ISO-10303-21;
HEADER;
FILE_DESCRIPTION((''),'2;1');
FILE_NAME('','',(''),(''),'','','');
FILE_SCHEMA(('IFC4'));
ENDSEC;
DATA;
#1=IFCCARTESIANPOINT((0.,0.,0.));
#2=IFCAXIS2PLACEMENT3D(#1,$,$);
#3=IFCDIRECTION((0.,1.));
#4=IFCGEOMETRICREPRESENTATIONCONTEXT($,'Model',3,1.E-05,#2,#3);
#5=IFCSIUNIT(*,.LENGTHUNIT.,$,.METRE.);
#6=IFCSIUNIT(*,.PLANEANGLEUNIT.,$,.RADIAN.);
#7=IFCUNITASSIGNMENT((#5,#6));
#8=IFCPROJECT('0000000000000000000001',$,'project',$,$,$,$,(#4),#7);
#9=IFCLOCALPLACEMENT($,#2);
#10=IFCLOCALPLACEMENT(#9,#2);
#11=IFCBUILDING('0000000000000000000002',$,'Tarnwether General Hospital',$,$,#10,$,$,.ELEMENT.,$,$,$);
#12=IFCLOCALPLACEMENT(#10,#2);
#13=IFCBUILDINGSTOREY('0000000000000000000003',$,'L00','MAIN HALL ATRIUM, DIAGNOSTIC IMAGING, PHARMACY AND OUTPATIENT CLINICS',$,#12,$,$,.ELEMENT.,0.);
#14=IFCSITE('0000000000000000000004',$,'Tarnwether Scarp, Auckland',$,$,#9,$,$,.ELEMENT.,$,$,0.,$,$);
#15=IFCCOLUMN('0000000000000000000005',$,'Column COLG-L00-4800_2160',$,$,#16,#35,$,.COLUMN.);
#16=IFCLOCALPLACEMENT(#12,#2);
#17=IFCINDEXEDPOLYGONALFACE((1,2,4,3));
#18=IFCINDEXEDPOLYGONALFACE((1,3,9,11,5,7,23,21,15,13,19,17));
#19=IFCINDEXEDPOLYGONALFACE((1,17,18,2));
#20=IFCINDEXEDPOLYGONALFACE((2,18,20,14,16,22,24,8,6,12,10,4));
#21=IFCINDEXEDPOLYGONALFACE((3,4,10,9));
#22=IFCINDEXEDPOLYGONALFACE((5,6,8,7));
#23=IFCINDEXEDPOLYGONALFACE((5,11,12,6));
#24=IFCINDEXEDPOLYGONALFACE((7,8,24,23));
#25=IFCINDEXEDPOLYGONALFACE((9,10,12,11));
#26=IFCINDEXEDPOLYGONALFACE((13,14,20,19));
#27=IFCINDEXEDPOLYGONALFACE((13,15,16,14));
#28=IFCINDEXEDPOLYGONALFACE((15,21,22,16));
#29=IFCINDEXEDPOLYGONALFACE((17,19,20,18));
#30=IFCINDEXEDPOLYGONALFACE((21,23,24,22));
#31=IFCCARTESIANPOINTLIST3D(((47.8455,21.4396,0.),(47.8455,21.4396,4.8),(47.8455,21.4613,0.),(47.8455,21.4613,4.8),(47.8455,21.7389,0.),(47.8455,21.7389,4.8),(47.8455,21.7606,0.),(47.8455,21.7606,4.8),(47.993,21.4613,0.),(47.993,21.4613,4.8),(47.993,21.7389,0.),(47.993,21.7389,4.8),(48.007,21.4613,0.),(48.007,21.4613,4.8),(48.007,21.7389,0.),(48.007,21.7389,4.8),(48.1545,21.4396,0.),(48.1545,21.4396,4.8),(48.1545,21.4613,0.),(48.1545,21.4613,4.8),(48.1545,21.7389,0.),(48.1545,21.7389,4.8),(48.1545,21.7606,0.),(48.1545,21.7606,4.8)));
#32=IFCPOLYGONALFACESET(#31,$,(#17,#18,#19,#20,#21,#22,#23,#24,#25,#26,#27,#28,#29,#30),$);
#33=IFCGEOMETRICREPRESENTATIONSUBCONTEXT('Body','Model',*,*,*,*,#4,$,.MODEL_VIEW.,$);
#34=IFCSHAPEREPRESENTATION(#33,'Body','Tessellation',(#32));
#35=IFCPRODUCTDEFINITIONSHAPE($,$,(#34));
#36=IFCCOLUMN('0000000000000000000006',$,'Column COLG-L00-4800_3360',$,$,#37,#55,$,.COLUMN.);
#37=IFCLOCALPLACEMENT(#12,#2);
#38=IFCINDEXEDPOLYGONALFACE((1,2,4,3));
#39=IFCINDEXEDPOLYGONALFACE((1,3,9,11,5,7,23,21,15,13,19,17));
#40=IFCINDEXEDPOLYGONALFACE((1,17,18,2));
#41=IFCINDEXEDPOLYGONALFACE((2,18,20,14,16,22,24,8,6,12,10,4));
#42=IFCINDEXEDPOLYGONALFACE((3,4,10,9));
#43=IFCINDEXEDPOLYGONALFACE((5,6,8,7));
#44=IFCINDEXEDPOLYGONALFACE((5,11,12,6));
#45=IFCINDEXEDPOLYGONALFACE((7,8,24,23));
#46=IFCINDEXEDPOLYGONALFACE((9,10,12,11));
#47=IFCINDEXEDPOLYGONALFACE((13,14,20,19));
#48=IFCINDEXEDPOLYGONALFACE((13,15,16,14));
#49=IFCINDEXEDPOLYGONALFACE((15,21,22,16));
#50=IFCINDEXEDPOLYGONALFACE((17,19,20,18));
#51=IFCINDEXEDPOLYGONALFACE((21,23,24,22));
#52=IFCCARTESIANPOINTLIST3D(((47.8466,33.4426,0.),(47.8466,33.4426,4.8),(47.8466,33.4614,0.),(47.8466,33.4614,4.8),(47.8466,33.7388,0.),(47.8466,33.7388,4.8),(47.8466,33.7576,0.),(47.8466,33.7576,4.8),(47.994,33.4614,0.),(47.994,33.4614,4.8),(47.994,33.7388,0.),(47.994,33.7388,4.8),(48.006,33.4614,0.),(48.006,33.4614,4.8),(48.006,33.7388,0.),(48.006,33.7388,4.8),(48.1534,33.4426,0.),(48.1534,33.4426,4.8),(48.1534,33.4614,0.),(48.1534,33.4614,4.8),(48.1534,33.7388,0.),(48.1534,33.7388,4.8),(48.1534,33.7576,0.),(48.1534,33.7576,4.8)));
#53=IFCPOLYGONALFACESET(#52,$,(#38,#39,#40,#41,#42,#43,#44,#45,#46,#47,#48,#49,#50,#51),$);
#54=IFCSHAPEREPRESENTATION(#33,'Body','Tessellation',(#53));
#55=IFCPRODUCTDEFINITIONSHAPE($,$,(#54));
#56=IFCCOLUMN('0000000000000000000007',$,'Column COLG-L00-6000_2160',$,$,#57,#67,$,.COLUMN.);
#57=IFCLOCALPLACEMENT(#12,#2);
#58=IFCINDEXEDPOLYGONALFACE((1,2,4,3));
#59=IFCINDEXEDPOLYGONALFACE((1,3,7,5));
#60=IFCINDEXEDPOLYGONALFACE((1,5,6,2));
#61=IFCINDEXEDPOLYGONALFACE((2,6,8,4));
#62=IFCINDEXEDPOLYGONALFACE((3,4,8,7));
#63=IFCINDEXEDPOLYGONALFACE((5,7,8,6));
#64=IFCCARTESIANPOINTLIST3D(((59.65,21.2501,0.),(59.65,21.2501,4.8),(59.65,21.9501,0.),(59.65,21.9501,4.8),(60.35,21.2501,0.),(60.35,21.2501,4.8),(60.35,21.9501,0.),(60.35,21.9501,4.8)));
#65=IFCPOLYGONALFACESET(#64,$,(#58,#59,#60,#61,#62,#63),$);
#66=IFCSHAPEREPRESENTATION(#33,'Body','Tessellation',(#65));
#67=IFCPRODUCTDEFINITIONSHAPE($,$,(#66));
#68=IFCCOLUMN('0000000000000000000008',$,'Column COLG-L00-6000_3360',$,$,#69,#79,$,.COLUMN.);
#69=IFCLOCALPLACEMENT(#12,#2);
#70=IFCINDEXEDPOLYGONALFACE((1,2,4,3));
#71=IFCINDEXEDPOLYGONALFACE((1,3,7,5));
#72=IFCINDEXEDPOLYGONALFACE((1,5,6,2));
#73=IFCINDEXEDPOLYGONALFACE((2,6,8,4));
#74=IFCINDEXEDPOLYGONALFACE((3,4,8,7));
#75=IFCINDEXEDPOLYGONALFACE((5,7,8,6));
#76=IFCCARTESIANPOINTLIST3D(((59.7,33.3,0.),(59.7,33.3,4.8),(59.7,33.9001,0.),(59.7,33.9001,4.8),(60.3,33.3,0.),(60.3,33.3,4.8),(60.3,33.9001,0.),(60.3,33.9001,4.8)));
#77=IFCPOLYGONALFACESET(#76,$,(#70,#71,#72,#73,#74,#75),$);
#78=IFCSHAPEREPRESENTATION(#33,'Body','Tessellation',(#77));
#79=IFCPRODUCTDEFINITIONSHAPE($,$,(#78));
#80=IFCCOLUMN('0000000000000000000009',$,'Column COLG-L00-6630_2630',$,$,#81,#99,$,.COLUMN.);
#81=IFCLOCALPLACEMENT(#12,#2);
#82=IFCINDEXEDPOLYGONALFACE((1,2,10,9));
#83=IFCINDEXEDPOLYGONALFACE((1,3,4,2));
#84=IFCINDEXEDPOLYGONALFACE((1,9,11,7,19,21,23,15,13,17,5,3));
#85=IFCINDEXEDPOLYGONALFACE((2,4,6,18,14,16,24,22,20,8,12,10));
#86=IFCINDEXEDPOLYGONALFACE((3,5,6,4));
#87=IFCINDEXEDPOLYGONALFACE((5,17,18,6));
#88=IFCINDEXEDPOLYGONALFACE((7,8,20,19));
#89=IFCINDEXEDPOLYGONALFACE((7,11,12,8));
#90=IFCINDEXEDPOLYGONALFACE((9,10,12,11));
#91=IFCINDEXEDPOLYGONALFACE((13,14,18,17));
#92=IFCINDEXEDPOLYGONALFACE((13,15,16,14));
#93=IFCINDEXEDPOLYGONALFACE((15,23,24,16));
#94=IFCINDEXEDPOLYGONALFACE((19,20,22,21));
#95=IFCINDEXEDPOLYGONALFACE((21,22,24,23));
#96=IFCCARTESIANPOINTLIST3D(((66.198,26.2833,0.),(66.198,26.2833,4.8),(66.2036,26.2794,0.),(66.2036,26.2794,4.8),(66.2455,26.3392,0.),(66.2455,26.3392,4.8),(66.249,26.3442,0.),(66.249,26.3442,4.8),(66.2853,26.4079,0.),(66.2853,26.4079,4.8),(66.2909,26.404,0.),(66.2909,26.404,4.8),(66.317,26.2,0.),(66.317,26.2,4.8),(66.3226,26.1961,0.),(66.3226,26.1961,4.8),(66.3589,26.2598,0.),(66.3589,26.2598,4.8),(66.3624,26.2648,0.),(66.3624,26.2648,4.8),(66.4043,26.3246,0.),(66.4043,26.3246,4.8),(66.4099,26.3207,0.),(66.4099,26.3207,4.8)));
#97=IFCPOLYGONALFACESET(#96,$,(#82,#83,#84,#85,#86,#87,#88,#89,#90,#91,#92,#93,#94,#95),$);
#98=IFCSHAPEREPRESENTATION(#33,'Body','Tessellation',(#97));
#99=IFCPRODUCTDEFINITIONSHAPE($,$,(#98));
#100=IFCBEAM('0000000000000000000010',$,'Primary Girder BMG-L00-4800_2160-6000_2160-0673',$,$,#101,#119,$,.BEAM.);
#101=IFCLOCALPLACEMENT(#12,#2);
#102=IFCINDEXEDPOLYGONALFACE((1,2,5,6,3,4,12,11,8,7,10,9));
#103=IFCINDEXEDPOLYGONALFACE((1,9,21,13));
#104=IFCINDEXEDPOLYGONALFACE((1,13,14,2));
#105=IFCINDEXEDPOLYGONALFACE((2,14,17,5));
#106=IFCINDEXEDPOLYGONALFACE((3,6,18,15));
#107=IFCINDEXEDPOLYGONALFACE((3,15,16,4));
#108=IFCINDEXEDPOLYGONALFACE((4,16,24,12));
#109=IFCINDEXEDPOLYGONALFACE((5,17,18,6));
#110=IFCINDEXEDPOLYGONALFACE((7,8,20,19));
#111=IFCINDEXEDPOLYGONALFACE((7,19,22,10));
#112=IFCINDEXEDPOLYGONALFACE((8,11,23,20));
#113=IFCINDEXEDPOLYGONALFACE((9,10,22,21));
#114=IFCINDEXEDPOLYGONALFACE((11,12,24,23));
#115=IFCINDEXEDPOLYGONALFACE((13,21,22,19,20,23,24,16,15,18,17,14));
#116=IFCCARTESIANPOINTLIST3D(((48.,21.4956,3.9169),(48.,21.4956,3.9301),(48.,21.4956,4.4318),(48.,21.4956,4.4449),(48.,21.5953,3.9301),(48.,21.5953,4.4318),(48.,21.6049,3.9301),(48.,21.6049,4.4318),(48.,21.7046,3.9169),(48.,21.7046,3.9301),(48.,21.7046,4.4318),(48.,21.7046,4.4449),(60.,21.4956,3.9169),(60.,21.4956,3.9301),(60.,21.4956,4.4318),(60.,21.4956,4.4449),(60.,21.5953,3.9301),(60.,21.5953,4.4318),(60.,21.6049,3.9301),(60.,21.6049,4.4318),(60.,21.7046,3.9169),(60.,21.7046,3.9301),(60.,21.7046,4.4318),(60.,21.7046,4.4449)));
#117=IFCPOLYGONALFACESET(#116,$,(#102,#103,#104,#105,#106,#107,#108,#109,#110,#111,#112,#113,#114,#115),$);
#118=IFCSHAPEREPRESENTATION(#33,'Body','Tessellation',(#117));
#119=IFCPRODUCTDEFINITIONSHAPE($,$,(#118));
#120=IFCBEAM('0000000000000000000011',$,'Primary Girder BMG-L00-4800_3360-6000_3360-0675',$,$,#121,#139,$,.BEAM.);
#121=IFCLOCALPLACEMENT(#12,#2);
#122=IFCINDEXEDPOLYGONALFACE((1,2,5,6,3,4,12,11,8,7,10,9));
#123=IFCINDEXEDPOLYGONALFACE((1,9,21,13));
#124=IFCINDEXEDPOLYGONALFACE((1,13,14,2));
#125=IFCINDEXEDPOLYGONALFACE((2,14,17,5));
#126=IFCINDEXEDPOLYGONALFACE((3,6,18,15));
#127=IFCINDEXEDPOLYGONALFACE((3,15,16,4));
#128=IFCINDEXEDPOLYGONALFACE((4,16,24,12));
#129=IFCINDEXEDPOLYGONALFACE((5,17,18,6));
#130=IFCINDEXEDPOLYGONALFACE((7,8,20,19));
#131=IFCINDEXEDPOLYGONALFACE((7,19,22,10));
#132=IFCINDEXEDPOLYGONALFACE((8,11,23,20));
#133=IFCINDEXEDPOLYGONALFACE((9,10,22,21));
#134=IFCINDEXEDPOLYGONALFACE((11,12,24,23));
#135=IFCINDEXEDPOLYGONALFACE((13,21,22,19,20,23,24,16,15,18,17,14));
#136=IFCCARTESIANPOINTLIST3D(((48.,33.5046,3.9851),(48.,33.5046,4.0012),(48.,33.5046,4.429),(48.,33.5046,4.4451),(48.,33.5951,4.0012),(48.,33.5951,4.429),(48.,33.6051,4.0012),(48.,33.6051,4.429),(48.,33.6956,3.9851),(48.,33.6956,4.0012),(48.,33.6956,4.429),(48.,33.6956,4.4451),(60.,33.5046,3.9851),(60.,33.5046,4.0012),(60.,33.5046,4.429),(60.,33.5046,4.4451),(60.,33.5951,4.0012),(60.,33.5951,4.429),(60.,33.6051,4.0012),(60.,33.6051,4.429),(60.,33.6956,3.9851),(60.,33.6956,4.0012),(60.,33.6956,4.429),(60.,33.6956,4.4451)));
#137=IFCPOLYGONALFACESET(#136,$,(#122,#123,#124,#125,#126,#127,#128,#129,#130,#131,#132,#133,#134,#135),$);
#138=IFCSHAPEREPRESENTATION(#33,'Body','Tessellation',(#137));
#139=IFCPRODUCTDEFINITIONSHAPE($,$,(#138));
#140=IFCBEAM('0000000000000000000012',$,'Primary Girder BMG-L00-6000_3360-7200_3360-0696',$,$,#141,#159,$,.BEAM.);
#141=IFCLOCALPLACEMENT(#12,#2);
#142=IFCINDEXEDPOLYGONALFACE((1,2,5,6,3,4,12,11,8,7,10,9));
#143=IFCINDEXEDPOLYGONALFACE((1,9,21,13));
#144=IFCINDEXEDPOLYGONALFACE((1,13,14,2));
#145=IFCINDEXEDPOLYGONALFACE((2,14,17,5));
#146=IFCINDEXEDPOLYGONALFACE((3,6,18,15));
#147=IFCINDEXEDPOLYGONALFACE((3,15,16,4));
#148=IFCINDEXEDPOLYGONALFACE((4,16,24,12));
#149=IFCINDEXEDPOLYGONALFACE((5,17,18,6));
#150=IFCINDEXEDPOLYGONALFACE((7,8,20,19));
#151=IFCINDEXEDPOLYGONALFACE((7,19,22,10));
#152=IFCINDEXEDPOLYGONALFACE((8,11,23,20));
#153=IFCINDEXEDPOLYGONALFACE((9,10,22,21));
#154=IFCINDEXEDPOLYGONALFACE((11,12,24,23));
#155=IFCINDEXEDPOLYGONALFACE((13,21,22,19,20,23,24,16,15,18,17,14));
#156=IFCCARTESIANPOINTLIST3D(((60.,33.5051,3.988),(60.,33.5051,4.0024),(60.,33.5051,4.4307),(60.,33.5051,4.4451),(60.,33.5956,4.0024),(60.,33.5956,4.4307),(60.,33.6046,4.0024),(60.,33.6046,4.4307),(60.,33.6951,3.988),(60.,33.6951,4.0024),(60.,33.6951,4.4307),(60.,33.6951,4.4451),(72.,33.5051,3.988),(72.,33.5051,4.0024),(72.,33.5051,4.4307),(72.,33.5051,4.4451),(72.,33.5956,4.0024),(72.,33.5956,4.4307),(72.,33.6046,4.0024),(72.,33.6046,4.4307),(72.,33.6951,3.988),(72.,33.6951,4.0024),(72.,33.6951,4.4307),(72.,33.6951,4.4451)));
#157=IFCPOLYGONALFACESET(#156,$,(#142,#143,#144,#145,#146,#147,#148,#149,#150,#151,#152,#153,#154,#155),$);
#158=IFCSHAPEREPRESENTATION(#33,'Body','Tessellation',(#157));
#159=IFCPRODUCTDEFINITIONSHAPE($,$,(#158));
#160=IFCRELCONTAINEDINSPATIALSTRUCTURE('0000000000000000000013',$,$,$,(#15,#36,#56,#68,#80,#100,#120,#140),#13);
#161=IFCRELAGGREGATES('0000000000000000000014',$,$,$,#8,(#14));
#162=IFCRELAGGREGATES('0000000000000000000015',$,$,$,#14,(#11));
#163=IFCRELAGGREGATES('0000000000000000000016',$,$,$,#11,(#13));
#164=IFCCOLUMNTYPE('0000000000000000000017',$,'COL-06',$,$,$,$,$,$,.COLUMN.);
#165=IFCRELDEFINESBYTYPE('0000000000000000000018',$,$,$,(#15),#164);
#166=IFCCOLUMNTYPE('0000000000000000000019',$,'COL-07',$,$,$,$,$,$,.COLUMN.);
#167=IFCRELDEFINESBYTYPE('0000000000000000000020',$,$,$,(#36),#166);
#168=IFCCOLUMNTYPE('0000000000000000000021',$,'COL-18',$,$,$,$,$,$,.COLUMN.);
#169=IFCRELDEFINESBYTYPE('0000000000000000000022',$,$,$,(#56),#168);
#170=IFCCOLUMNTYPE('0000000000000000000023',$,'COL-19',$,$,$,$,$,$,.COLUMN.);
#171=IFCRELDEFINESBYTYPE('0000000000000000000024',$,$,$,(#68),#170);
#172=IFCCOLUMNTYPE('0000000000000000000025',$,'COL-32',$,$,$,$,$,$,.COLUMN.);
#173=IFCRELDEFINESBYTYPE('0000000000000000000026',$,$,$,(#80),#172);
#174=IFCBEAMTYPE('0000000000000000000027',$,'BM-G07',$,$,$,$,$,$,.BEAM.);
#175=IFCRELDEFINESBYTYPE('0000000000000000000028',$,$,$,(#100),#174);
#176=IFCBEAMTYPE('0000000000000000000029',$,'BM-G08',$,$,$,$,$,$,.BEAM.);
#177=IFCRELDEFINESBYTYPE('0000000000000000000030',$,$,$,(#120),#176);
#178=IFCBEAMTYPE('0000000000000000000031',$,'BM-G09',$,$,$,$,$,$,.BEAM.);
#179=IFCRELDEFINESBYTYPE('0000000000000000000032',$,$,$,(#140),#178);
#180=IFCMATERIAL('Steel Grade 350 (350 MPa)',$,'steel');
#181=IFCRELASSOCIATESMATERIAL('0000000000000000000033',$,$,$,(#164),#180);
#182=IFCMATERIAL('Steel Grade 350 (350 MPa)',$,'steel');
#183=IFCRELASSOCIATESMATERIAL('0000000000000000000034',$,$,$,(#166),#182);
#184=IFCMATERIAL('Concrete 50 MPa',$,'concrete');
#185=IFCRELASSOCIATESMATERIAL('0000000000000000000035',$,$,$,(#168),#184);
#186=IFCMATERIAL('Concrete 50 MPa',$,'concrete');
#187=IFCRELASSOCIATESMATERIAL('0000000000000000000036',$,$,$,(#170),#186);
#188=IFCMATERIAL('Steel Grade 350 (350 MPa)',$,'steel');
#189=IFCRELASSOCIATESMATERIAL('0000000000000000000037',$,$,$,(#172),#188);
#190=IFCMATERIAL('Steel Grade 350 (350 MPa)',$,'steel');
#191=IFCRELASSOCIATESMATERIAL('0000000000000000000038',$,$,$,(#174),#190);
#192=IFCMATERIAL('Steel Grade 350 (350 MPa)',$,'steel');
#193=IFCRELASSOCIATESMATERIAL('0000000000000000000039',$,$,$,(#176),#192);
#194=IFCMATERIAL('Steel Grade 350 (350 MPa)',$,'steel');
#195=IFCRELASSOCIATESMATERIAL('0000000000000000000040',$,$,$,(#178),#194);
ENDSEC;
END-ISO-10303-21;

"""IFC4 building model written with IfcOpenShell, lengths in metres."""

from ifc_helpers import new_model, si_unit, direction, frame, origin, origin_2d, place, context, subcontext, project, spatial, rectangle, i_section, extrude, material, material_profile, profile_set, type_object, element, save


model = new_model("IFC4")

# Units and contexts
model_context = context("Model", 3, precision=1e-05, world=origin(), true_north=direction((0.0, 1.0)))
body_context = subcontext(model_context, "Body", "Model", "MODEL_VIEW")
ifc_project = project(units=[si_unit("LENGTHUNIT", "METRE"), si_unit("PLANEANGLEUNIT", "RADIAN")], contexts=[model_context])

# Site, building, storey
site_placement = place(None, origin())
site = spatial("IfcSite", under=ifc_project, at=site_placement, Name="Tarnwether Scarp, Auckland", CompositionType="ELEMENT", RefElevation=0.0)
building_placement = place(site_placement, origin())
building = spatial("IfcBuilding", under=site, at=building_placement, Name="Tarnwether General Hospital", CompositionType="ELEMENT")
storey_placement = place(building_placement, origin())
storey = spatial("IfcBuildingStorey", under=building, at=storey_placement, Name="L00", Description="MAIN HALL ATRIUM, DIAGNOSTIC IMAGING, PHARMACY AND OUTPATIENT CLINICS", CompositionType="ELEMENT", Elevation=0.0)

# Columns
ifc_material_1 = material(Name="Steel Grade 350 (350 MPa)", Category="steel")
ifc_material_profile_1 = material_profile(ifc_material_1, i_section(OverallWidth=0.3091, OverallDepth=0.321, WebThickness=0.0139, FlangeThickness=0.0217, at=origin_2d()), Name="310UC137")
ifc_profile_set_1 = profile_set([ifc_material_profile_1], Name="Steel Grade 350 (350 MPa)")
column_type_1 = type_object("IfcColumnType", Name="COL-06", PredefinedType="COLUMN", material=ifc_profile_set_1)
column_1_placement = place(storey_placement, frame((48.0, 21.6001, 0.0), z_axis=(0.0, 0.0, 1.0), x_axis=(1.0, 0.0, 0.0)))
element("IfcColumn", 1, at=column_1_placement, inside=storey, type_object=column_type_1, Name="Column COLG-L00-4800_2160", PredefinedType="COLUMN", context=body_context, shape_type="SweptSolid", body=[
    extrude(i_section(OverallWidth=0.3091, OverallDepth=0.321, WebThickness=0.0139, FlangeThickness=0.0217, at=origin_2d()), origin(), (0.0, 0.0, 1.0), 4.8),
])
ifc_material_2 = material(Name="Steel Grade 350 (350 MPa)", Category="steel")
ifc_material_profile_2 = material_profile(ifc_material_2, i_section(OverallWidth=0.3069, OverallDepth=0.3149, WebThickness=0.012, FlangeThickness=0.0188, at=origin_2d()), Name="310UC118")
ifc_profile_set_2 = profile_set([ifc_material_profile_2], Name="Steel Grade 350 (350 MPa)")
column_type_2 = type_object("IfcColumnType", Name="COL-07", PredefinedType="COLUMN", material=ifc_profile_set_2)
column_2_placement = place(storey_placement, frame((48.0, 33.6001, 0.0), z_axis=(0.0, 0.0, 1.0), x_axis=(1.0, 0.0, 0.0)))
element("IfcColumn", 2, at=column_2_placement, inside=storey, type_object=column_type_2, Name="Column COLG-L00-4800_3360", PredefinedType="COLUMN", context=body_context, shape_type="SweptSolid", body=[
    extrude(i_section(OverallWidth=0.3069, OverallDepth=0.3149, WebThickness=0.012, FlangeThickness=0.0188, at=origin_2d()), origin(), (0.0, 0.0, 1.0), 4.8),
])
ifc_material_3 = material(Name="Concrete 50 MPa", Category="concrete")
ifc_material_profile_3 = material_profile(ifc_material_3, rectangle(XDim=0.7, YDim=0.7, at=origin_2d()), Name="RC-COL-700x700")
ifc_profile_set_3 = profile_set([ifc_material_profile_3], Name="Concrete 50 MPa")
column_type_3 = type_object("IfcColumnType", Name="COL-18", PredefinedType="COLUMN", material=ifc_profile_set_3)
column_3_placement = place(storey_placement, frame((60.0, 21.6001, 0.0), z_axis=(0.0, 0.0, 1.0), x_axis=(0.0, 1.0, 0.0)))
element("IfcColumn", 3, at=column_3_placement, inside=storey, type_object=column_type_3, Name="Column COLG-L00-6000_2160", PredefinedType="COLUMN", context=body_context, shape_type="SweptSolid", body=[
    extrude(rectangle(XDim=0.7, YDim=0.7, at=origin_2d()), origin(), (0.0, 0.0, 1.0), 4.8),
])
ifc_material_4 = material(Name="Concrete 50 MPa", Category="concrete")
ifc_material_profile_4 = material_profile(ifc_material_4, rectangle(XDim=0.6001, YDim=0.6001, at=origin_2d()), Name="RC-COL-600x600")
ifc_profile_set_4 = profile_set([ifc_material_profile_4], Name="Concrete 50 MPa")
column_type_4 = type_object("IfcColumnType", Name="COL-19", PredefinedType="COLUMN", material=ifc_profile_set_4)
column_4_placement = place(storey_placement, frame((60.0, 33.6001, 0.0), z_axis=(0.0, 0.0, 1.0), x_axis=(0.0, 1.0, 0.0)))
element("IfcColumn", 4, at=column_4_placement, inside=storey, type_object=column_type_4, Name="Column COLG-L00-6000_3360", PredefinedType="COLUMN", context=body_context, shape_type="SweptSolid", body=[
    extrude(rectangle(XDim=0.6001, YDim=0.6001, at=origin_2d()), origin(), (0.0, 0.0, 1.0), 4.8),
])
ifc_material_5 = material(Name="Steel Grade 350 (350 MPa)", Category="steel")
ifc_material_profile_5 = material_profile(ifc_material_5, i_section(OverallWidth=0.1521, OverallDepth=0.1521, WebThickness=0.0061, FlangeThickness=0.0068, at=origin_2d()), Name="150UC23.4")
ifc_profile_set_5 = profile_set([ifc_material_profile_5], Name="Steel Grade 350 (350 MPa)")
column_type_5 = type_object("IfcColumnType", Name="COL-32", PredefinedType="COLUMN", material=ifc_profile_set_5)
column_5_placement = place(storey_placement, frame((66.304, 26.302, 0.0), z_axis=(0.0, 0.0, 1.0), x_axis=(0.573576, 0.819152, 0.0)))
element("IfcColumn", 5, at=column_5_placement, inside=storey, type_object=column_type_5, Name="Column COLG-L00-6630_2630", PredefinedType="COLUMN", context=body_context, shape_type="SweptSolid", body=[
    extrude(i_section(OverallWidth=0.1521, OverallDepth=0.1521, WebThickness=0.0061, FlangeThickness=0.0068, at=origin_2d()), origin(), (0.0, 0.0, 1.0), 4.8),
])

# Beams
ifc_material_6 = material(Name="Steel Grade 350 (350 MPa)", Category="steel")
ifc_material_profile_6 = material_profile(ifc_material_6, i_section(OverallWidth=0.209, OverallDepth=0.5281, WebThickness=0.0095, FlangeThickness=0.0132, at=origin_2d()), Name="530UB82.0")
ifc_profile_set_6 = profile_set([ifc_material_profile_6], Name="Steel Grade 350 (350 MPa)")
beam_type_1 = type_object("IfcBeamType", Name="BM-G07", PredefinedType="BEAM", material=ifc_profile_set_6)
beam_1_placement = place(storey_placement, frame((48.0, 21.6001, 4.1809), z_axis=(1.0, 0.0, 0.0), x_axis=(0.0, 1.0, 0.0)))
element("IfcBeam", 6, at=beam_1_placement, inside=storey, type_object=beam_type_1, Name="Primary Girder BMG-L00-4800_2160-6000_2160-0673", PredefinedType="BEAM", context=body_context, shape_type="SweptSolid", body=[
    extrude(i_section(OverallWidth=0.209, OverallDepth=0.5281, WebThickness=0.0095, FlangeThickness=0.0132, at=origin_2d()), origin(), (0.0, 0.0, 1.0), 12.0),
])
ifc_material_7 = material(Name="Steel Grade 350 (350 MPa)", Category="steel")
ifc_material_profile_7 = material_profile(ifc_material_7, i_section(OverallWidth=0.1909, OverallDepth=0.46, WebThickness=0.01, FlangeThickness=0.0161, at=origin_2d()), Name="460UB82.1")
ifc_profile_set_7 = profile_set([ifc_material_profile_7], Name="Steel Grade 350 (350 MPa)")
beam_type_2 = type_object("IfcBeamType", Name="BM-G08", PredefinedType="BEAM", material=ifc_profile_set_7)
beam_2_placement = place(storey_placement, frame((48.0, 33.6001, 4.2151), z_axis=(1.0, 0.0, 0.0), x_axis=(0.0, 1.0, 0.0)))
element("IfcBeam", 7, at=beam_2_placement, inside=storey, type_object=beam_type_2, Name="Primary Girder BMG-L00-4800_3360-6000_3360-0675", PredefinedType="BEAM", context=body_context, shape_type="SweptSolid", body=[
    extrude(i_section(OverallWidth=0.1909, OverallDepth=0.46, WebThickness=0.01, FlangeThickness=0.0161, at=origin_2d()), origin(), (0.0, 0.0, 1.0), 12.0),
])
ifc_material_8 = material(Name="Steel Grade 350 (350 MPa)", Category="steel")
ifc_material_profile_8 = material_profile(ifc_material_8, i_section(OverallWidth=0.1899, OverallDepth=0.457, WebThickness=0.009, FlangeThickness=0.0144, at=origin_2d()), Name="460UB74.6")
ifc_profile_set_8 = profile_set([ifc_material_profile_8], Name="Steel Grade 350 (350 MPa)")
beam_type_3 = type_object("IfcBeamType", Name="BM-G09", PredefinedType="BEAM", material=ifc_profile_set_8)
beam_3_placement = place(storey_placement, frame((60.0, 33.6001, 4.2166), z_axis=(1.0, 0.0, 0.0), x_axis=(0.0, 1.0, 0.0)))
element("IfcBeam", 8, at=beam_3_placement, inside=storey, type_object=beam_type_3, Name="Primary Girder BMG-L00-6000_3360-7200_3360-0696", PredefinedType="BEAM", context=body_context, shape_type="SweptSolid", body=[
    extrude(i_section(OverallWidth=0.1899, OverallDepth=0.457, WebThickness=0.009, FlangeThickness=0.0144, at=origin_2d()), origin(), (0.0, 0.0, 1.0), 12.0),
])

save(model, "model.ifc")
